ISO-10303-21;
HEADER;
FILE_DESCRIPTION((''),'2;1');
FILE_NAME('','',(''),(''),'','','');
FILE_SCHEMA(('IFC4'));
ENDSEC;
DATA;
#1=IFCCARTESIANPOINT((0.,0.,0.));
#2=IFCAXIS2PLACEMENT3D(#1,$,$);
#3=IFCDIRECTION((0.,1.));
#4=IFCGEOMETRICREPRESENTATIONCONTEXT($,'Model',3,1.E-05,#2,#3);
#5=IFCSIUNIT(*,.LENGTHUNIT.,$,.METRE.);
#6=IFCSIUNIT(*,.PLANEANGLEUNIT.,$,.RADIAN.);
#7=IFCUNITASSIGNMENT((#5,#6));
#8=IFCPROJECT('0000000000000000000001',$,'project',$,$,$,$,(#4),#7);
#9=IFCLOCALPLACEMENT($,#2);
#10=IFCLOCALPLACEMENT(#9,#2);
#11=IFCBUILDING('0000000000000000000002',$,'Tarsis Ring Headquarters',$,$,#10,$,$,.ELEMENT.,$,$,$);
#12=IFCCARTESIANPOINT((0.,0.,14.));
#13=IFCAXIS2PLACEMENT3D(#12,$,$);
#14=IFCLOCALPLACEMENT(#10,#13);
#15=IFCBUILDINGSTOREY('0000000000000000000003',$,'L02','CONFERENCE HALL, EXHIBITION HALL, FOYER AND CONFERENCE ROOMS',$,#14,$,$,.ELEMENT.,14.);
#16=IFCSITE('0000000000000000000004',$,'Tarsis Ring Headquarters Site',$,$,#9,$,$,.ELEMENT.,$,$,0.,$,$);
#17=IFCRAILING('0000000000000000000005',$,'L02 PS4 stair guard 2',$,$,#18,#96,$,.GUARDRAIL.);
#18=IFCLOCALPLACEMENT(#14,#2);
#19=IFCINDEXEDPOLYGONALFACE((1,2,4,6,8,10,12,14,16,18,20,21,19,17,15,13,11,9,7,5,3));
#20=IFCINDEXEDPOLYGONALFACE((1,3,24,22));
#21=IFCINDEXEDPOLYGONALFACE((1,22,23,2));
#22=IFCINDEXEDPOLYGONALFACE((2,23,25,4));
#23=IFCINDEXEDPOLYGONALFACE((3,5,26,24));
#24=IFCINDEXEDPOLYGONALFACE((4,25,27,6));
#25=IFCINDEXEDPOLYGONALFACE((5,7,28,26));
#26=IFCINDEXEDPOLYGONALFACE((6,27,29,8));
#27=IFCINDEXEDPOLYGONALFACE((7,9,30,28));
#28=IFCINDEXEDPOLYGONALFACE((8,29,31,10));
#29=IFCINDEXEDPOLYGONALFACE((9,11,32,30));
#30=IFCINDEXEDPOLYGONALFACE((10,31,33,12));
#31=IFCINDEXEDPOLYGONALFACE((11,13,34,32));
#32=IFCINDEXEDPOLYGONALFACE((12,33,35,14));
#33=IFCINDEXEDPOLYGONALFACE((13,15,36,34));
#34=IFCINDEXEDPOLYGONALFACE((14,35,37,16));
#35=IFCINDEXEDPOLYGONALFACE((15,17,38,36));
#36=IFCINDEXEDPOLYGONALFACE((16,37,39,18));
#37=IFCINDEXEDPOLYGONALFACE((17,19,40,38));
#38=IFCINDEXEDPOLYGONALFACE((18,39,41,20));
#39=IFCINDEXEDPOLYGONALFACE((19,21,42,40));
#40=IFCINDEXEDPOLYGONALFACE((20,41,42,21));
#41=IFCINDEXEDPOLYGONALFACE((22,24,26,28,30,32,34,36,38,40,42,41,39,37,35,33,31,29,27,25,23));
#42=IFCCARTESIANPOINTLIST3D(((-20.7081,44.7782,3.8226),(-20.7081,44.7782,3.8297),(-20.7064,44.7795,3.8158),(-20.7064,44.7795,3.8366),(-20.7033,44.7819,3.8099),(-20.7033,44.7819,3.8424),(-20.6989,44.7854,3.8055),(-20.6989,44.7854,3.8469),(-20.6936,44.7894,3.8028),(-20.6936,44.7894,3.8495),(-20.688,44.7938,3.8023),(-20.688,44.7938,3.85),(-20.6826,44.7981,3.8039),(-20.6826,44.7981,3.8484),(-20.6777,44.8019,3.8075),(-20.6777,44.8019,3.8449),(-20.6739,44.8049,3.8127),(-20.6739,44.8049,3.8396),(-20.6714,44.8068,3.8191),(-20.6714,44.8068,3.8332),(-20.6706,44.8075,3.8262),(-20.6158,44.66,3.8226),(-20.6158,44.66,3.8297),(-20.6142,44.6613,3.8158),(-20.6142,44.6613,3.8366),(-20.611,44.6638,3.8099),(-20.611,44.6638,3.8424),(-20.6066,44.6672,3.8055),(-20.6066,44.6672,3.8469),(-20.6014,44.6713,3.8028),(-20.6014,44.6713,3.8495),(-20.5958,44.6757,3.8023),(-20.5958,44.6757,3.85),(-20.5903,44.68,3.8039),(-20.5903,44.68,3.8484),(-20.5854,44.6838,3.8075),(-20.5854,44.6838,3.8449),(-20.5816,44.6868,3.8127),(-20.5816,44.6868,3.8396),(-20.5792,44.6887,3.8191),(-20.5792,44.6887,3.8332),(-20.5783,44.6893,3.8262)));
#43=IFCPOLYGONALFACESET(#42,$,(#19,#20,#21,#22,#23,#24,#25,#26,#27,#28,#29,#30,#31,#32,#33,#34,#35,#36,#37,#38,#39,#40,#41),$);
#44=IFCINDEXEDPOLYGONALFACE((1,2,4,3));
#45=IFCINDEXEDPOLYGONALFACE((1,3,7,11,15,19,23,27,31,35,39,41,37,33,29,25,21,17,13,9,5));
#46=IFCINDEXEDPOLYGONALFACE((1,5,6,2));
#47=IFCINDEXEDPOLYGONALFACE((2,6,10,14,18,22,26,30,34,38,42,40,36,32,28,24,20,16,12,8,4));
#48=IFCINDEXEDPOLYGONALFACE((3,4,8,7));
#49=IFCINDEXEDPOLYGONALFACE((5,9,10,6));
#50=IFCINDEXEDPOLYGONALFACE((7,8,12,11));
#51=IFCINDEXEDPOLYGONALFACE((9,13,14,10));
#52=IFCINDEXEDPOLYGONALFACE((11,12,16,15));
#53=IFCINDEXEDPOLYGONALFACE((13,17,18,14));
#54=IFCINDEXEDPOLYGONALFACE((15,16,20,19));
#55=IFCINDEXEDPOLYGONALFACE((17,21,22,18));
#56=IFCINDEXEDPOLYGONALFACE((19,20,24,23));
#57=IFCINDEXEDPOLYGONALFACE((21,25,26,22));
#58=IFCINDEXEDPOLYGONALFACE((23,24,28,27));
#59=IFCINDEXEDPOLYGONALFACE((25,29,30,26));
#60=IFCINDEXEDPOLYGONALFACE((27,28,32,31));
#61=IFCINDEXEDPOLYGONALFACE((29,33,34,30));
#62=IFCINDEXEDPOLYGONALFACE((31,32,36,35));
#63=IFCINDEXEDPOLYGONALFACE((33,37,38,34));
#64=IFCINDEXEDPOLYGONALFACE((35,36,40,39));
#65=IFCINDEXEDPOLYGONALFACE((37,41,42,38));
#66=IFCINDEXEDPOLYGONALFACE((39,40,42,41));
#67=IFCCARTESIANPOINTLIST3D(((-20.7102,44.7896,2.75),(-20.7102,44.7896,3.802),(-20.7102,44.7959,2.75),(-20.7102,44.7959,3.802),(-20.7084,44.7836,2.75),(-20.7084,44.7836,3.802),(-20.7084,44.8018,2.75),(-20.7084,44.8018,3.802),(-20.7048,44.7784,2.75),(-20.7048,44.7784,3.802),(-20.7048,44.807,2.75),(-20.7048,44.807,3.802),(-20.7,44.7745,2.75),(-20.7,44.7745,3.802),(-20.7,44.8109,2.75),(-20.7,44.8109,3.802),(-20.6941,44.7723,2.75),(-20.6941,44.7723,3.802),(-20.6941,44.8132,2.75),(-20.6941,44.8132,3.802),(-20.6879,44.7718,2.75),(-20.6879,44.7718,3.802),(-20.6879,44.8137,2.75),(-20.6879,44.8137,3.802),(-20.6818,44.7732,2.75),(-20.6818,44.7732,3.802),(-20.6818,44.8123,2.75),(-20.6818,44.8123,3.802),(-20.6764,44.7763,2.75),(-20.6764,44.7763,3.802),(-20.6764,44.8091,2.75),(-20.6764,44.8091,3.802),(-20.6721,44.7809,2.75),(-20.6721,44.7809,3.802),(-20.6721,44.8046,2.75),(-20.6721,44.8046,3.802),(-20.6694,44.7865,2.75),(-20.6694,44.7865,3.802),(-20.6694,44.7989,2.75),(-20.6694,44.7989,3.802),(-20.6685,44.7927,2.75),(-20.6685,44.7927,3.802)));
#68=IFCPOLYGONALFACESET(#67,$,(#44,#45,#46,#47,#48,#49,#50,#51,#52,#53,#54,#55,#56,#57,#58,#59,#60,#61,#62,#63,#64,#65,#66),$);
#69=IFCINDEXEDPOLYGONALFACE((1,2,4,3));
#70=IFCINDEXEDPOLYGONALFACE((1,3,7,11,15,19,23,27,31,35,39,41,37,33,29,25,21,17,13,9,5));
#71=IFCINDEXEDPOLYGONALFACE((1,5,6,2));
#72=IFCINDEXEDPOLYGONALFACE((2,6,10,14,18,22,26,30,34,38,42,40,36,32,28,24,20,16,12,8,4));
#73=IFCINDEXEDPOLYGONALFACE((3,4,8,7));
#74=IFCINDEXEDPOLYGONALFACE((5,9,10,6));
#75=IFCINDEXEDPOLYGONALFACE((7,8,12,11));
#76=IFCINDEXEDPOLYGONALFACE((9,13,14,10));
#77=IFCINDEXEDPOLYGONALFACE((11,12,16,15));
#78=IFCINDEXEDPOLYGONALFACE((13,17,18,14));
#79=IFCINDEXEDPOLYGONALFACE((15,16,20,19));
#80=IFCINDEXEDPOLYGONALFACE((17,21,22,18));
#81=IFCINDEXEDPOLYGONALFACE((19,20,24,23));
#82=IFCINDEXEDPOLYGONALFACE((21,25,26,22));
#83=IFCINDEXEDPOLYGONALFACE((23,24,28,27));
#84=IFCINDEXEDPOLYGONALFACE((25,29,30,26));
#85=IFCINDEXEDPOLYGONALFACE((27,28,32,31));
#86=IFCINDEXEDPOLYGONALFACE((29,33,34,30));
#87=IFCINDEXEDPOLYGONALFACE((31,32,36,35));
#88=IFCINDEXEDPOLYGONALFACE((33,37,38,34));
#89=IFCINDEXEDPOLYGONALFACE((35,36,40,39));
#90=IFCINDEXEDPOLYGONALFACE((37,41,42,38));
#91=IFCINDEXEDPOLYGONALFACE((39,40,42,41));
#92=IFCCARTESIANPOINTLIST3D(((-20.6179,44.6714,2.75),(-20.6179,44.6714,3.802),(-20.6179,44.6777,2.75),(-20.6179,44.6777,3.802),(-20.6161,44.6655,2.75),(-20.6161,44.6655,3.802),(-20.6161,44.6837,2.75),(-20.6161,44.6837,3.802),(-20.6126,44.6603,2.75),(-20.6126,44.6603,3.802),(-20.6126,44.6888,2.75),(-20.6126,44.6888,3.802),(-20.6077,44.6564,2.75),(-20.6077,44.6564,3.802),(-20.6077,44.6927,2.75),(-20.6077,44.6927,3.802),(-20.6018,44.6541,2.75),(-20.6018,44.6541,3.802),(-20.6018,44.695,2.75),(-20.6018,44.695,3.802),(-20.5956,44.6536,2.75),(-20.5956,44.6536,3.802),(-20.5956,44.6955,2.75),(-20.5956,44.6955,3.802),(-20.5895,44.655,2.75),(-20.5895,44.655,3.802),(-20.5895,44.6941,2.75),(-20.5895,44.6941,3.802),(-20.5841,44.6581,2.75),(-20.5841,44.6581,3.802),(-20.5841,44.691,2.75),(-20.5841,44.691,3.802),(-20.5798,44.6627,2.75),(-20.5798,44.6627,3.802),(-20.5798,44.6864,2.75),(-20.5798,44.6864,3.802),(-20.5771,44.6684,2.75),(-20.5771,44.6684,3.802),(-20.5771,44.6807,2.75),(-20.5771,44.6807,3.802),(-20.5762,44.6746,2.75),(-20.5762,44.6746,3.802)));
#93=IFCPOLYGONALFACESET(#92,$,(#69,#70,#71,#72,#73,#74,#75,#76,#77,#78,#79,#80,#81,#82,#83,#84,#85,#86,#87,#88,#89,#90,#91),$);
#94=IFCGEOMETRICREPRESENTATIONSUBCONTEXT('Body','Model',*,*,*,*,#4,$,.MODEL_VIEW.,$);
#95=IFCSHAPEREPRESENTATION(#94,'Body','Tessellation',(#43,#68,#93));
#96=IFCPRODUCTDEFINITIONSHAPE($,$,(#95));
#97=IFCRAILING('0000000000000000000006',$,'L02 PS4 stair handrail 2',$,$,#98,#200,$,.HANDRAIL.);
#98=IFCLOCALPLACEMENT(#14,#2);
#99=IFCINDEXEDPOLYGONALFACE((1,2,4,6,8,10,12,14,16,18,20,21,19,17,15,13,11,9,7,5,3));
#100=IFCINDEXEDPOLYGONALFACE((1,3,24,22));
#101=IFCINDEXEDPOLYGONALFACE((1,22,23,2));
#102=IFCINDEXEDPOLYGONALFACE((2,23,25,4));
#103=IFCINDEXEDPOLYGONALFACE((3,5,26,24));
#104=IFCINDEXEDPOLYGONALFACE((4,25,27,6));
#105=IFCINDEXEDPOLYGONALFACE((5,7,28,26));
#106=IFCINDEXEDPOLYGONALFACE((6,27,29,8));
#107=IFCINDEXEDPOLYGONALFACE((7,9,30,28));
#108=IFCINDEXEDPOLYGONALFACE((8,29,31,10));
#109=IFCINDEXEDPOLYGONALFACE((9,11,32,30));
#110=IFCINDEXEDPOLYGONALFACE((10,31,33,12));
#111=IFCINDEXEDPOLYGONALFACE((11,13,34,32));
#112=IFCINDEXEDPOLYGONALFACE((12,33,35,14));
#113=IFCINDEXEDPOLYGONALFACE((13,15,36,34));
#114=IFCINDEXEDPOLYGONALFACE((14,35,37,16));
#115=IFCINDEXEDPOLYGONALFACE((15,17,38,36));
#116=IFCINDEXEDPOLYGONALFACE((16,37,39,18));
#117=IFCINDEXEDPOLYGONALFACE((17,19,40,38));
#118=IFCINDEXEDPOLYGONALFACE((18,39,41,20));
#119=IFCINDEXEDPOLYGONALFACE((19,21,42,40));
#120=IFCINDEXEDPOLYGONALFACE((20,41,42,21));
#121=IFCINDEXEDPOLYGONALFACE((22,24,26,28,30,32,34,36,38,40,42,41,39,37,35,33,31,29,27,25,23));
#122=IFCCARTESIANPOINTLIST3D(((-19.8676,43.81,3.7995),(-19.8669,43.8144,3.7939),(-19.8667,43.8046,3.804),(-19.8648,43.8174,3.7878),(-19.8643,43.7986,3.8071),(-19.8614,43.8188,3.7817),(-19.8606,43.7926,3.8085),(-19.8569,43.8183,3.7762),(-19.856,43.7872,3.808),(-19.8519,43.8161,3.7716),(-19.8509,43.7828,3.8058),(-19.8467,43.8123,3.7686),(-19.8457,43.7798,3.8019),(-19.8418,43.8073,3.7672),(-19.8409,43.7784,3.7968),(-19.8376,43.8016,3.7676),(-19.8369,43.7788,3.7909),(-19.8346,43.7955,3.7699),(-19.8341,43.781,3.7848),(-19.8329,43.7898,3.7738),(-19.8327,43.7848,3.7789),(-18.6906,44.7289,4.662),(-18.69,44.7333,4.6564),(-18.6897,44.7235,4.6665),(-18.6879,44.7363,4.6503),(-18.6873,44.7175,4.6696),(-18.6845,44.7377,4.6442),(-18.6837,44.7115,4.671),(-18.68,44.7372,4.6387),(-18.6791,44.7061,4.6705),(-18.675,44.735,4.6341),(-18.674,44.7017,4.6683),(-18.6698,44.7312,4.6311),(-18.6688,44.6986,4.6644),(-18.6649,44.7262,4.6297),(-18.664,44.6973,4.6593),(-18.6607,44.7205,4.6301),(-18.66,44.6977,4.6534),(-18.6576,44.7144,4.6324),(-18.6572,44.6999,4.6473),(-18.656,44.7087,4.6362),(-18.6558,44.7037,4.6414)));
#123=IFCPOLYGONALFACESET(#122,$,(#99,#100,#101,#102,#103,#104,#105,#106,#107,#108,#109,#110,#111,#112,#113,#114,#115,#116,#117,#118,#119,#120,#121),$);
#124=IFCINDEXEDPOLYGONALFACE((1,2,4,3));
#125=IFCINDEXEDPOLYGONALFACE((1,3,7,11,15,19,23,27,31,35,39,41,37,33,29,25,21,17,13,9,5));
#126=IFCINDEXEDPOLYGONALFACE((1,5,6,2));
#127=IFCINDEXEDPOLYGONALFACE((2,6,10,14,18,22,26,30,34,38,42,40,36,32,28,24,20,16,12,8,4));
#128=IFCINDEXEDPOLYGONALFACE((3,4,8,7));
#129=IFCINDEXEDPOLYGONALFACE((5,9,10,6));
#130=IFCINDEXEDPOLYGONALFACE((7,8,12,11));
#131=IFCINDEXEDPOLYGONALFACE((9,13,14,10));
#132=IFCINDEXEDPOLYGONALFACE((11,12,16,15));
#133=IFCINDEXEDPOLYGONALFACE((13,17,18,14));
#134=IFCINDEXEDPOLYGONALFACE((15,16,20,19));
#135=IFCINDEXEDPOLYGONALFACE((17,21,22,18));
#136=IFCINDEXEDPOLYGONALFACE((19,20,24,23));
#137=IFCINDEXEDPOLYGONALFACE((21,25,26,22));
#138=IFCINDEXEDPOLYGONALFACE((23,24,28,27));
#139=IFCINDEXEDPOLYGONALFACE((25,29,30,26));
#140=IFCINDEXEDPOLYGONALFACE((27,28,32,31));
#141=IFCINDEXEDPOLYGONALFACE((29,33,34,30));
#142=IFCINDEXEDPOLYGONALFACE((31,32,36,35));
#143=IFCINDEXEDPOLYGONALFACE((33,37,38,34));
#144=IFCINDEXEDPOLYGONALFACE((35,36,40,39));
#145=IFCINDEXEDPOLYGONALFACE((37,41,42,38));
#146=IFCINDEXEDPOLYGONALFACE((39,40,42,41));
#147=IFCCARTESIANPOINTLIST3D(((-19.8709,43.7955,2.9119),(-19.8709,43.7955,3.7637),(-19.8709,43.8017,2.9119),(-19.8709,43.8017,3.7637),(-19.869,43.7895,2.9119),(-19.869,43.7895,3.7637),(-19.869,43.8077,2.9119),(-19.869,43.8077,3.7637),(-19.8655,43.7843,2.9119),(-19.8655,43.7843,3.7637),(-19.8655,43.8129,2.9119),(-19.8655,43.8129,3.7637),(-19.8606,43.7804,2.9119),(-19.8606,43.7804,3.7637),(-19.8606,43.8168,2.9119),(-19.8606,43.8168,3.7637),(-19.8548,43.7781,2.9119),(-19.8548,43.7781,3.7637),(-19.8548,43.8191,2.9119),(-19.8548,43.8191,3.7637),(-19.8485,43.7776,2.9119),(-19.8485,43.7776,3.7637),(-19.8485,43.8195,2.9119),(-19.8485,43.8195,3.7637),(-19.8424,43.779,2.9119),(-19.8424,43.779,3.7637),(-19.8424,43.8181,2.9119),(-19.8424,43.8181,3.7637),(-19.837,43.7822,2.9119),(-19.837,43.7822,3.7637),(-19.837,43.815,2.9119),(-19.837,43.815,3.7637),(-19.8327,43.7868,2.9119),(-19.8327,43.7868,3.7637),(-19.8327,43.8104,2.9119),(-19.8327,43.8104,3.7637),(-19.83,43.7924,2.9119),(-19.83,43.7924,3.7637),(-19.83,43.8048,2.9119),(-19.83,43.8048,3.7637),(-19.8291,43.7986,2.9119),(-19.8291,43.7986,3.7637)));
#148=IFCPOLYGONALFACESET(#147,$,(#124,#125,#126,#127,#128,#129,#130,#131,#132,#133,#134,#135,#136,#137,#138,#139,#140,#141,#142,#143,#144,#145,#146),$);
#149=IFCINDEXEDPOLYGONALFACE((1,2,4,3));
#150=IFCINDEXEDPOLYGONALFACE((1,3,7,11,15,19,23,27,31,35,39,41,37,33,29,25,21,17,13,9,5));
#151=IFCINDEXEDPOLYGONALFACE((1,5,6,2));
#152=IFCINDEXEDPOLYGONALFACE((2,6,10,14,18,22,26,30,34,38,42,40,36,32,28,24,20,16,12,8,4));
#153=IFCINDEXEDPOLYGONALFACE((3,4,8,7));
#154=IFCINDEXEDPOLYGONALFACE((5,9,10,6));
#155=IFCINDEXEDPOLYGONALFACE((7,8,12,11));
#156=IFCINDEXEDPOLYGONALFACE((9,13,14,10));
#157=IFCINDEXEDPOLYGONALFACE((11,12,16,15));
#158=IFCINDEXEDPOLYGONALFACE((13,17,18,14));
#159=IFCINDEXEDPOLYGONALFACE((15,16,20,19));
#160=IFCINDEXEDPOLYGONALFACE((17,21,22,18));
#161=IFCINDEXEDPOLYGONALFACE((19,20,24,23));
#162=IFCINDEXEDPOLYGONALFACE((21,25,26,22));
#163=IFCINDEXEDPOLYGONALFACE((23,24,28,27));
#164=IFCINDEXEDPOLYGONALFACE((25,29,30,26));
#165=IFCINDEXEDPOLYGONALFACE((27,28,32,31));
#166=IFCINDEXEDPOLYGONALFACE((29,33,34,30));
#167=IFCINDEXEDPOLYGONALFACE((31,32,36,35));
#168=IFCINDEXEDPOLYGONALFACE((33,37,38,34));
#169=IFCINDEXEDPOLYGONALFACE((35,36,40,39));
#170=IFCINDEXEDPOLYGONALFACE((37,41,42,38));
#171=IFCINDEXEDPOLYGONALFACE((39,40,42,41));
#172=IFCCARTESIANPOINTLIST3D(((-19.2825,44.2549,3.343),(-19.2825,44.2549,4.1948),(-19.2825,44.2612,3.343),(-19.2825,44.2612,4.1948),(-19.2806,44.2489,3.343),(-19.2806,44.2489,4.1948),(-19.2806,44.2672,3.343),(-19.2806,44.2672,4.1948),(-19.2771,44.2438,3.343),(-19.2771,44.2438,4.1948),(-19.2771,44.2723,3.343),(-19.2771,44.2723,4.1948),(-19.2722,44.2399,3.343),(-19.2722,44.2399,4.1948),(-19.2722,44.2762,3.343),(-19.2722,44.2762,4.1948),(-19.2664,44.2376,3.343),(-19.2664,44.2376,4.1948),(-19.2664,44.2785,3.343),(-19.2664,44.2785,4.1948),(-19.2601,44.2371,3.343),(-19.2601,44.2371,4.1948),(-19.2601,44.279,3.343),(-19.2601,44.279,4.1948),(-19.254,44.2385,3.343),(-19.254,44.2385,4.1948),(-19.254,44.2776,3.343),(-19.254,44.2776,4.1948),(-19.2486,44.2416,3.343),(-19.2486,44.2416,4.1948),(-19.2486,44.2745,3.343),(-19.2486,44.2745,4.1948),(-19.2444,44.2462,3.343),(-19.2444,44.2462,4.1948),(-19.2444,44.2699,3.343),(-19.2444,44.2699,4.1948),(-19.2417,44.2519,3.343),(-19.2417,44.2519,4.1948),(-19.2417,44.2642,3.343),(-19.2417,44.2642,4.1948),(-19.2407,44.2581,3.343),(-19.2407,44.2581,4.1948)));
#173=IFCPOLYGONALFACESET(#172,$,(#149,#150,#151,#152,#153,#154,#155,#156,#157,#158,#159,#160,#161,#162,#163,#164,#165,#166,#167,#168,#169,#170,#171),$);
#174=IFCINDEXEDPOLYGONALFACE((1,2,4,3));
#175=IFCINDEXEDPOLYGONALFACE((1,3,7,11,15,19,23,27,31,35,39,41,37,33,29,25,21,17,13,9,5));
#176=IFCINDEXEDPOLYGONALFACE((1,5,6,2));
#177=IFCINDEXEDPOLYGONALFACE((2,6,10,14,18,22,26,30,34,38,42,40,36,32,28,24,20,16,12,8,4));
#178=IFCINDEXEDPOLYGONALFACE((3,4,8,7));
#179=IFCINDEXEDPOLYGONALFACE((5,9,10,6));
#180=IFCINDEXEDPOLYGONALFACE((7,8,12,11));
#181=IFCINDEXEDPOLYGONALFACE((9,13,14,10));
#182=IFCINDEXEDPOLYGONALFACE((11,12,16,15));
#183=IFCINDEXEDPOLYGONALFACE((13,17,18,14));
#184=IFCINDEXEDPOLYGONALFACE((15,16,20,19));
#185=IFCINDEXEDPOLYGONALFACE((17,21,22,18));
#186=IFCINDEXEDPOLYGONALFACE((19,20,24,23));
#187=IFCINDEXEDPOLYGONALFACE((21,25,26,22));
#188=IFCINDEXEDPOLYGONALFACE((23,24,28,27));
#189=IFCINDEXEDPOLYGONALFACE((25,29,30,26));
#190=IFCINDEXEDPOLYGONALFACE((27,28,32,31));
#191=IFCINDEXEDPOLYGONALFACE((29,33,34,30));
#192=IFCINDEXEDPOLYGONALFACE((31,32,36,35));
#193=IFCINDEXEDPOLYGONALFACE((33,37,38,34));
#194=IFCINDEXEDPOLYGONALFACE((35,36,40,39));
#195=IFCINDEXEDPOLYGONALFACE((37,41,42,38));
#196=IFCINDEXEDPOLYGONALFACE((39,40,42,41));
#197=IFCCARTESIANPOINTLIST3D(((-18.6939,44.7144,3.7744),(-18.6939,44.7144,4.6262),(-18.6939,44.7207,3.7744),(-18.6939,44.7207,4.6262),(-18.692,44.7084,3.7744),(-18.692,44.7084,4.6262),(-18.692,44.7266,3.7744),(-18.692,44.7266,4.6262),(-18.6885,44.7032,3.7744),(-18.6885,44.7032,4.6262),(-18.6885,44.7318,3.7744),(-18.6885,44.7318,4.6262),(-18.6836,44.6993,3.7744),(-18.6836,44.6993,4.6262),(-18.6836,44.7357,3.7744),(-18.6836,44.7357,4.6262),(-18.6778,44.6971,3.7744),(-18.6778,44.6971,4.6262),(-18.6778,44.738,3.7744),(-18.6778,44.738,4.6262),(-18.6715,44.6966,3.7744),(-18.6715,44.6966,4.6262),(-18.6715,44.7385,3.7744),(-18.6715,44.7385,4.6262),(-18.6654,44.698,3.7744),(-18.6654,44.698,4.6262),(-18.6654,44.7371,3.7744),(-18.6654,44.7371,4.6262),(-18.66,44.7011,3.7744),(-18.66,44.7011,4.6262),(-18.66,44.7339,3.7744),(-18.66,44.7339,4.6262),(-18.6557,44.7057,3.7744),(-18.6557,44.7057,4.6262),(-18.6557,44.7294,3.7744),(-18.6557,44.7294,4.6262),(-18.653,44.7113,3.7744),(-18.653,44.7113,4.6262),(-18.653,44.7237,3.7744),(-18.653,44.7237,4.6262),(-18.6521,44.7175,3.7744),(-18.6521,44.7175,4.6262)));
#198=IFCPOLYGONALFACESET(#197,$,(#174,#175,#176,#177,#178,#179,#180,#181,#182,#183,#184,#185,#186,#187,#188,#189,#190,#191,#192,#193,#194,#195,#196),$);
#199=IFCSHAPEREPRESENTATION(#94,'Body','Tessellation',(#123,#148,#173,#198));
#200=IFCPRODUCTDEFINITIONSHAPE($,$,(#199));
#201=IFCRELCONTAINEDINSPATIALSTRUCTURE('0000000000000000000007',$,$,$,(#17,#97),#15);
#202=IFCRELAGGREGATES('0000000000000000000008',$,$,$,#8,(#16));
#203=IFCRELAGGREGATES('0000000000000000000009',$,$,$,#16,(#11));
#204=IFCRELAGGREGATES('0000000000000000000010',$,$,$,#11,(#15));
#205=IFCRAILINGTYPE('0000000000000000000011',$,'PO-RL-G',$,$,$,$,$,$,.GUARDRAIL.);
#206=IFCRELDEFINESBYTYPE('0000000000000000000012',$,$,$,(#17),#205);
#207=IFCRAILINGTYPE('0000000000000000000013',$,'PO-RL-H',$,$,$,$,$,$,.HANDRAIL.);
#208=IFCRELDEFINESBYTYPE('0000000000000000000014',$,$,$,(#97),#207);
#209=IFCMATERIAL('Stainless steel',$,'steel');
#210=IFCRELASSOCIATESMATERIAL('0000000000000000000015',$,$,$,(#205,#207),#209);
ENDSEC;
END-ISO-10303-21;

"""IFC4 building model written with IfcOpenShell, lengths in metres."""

from ifc_helpers import new_model, si_unit, direction, frame, origin, origin_2d, place, context, subcontext, project, spatial, circle, extrude, material, type_object, element, save


model = new_model("IFC4")

# Units and contexts
model_context = context("Model", 3, precision=1e-05, world=origin(), true_north=direction((0.0, 1.0)))
body_context = subcontext(model_context, "Body", "Model", "MODEL_VIEW")
ifc_project = project(units=[si_unit("LENGTHUNIT", "METRE"), si_unit("PLANEANGLEUNIT", "RADIAN")], contexts=[model_context])

# Site, building, storey
site_placement = place(None, origin())
site = spatial("IfcSite", under=ifc_project, at=site_placement, Name="Tarsis Ring Headquarters Site", CompositionType="ELEMENT", RefElevation=0.0)
building_placement = place(site_placement, origin())
building = spatial("IfcBuilding", under=site, at=building_placement, Name="Tarsis Ring Headquarters", CompositionType="ELEMENT")
storey_placement = place(building_placement, frame((0.0, 0.0, 14.0)))
storey = spatial("IfcBuildingStorey", under=building, at=storey_placement, Name="L02", Description="CONFERENCE HALL, EXHIBITION HALL, FOYER AND CONFERENCE ROOMS", CompositionType="ELEMENT", Elevation=14.0)

# Railings
ifc_material_1 = material(Name="Stainless steel", Category="steel")
railing_type_1 = type_object("IfcRailingType", Name="PO-RL-G", PredefinedType="GUARDRAIL", material=ifc_material_1)
railing_1_placement = place(storey_placement, frame((-20.6895, 44.7927, 2.75)))
element("IfcRailing", 1, at=railing_1_placement, inside=storey, type_object=railing_type_1, Name="L02 PS4 stair guard 2", PredefinedType="GUARDRAIL", context=body_context, shape_type="SweptSolid", body=[
    extrude(circle(Radius=0.0239, at=origin_2d()), frame((0.0, 0.0, 1.0762), z_axis=(0.615518, -0.788123, 0.0), x_axis=(0.788123, 0.615518, 0.0)), (0.0, 0.0, 1.0), 0.1499),
    extrude(circle(Radius=0.021, at=origin_2d()), origin(), (0.0, 0.0, 1.0), 1.052),
    extrude(circle(Radius=0.021, at=origin_2d()), frame((0.0923, -0.1182, 0.0)), (0.0, 0.0, 1.0), 1.052),
])
railing_type_2 = type_object("IfcRailingType", Name="PO-RL-H", PredefinedType="HANDRAIL", material=ifc_material_1)
railing_2_placement = place(storey_placement, frame((-19.8501, 43.7986, 2.9119)))
element("IfcRailing", 2, at=railing_2_placement, inside=storey, type_object=railing_type_2, Name="L02 PS4 stair handrail 2", PredefinedType="HANDRAIL", context=body_context, shape_type="SweptSolid", body=[
    extrude(circle(Radius=0.0239, at=origin_2d()), frame((0.0, 0.0, 0.876), z_axis=(0.682531, 0.532887, 0.500183), x_axis=(-0.6154, 0.788215, 0.0)), (0.0, 0.0, 1.0), 1.7244),
    extrude(circle(Radius=0.021, at=origin_2d()), origin(), (0.0, 0.0, 1.0), 0.8518),
    extrude(circle(Radius=0.021, at=origin_2d()), frame((0.5884, 0.4595, 0.4312)), (0.0, 0.0, 1.0), 0.8518),
    extrude(circle(Radius=0.021, at=origin_2d()), frame((1.177, 0.9189, 0.8625)), (0.0, 0.0, 1.0), 0.8518),
])

save(model, "model.ifc")
